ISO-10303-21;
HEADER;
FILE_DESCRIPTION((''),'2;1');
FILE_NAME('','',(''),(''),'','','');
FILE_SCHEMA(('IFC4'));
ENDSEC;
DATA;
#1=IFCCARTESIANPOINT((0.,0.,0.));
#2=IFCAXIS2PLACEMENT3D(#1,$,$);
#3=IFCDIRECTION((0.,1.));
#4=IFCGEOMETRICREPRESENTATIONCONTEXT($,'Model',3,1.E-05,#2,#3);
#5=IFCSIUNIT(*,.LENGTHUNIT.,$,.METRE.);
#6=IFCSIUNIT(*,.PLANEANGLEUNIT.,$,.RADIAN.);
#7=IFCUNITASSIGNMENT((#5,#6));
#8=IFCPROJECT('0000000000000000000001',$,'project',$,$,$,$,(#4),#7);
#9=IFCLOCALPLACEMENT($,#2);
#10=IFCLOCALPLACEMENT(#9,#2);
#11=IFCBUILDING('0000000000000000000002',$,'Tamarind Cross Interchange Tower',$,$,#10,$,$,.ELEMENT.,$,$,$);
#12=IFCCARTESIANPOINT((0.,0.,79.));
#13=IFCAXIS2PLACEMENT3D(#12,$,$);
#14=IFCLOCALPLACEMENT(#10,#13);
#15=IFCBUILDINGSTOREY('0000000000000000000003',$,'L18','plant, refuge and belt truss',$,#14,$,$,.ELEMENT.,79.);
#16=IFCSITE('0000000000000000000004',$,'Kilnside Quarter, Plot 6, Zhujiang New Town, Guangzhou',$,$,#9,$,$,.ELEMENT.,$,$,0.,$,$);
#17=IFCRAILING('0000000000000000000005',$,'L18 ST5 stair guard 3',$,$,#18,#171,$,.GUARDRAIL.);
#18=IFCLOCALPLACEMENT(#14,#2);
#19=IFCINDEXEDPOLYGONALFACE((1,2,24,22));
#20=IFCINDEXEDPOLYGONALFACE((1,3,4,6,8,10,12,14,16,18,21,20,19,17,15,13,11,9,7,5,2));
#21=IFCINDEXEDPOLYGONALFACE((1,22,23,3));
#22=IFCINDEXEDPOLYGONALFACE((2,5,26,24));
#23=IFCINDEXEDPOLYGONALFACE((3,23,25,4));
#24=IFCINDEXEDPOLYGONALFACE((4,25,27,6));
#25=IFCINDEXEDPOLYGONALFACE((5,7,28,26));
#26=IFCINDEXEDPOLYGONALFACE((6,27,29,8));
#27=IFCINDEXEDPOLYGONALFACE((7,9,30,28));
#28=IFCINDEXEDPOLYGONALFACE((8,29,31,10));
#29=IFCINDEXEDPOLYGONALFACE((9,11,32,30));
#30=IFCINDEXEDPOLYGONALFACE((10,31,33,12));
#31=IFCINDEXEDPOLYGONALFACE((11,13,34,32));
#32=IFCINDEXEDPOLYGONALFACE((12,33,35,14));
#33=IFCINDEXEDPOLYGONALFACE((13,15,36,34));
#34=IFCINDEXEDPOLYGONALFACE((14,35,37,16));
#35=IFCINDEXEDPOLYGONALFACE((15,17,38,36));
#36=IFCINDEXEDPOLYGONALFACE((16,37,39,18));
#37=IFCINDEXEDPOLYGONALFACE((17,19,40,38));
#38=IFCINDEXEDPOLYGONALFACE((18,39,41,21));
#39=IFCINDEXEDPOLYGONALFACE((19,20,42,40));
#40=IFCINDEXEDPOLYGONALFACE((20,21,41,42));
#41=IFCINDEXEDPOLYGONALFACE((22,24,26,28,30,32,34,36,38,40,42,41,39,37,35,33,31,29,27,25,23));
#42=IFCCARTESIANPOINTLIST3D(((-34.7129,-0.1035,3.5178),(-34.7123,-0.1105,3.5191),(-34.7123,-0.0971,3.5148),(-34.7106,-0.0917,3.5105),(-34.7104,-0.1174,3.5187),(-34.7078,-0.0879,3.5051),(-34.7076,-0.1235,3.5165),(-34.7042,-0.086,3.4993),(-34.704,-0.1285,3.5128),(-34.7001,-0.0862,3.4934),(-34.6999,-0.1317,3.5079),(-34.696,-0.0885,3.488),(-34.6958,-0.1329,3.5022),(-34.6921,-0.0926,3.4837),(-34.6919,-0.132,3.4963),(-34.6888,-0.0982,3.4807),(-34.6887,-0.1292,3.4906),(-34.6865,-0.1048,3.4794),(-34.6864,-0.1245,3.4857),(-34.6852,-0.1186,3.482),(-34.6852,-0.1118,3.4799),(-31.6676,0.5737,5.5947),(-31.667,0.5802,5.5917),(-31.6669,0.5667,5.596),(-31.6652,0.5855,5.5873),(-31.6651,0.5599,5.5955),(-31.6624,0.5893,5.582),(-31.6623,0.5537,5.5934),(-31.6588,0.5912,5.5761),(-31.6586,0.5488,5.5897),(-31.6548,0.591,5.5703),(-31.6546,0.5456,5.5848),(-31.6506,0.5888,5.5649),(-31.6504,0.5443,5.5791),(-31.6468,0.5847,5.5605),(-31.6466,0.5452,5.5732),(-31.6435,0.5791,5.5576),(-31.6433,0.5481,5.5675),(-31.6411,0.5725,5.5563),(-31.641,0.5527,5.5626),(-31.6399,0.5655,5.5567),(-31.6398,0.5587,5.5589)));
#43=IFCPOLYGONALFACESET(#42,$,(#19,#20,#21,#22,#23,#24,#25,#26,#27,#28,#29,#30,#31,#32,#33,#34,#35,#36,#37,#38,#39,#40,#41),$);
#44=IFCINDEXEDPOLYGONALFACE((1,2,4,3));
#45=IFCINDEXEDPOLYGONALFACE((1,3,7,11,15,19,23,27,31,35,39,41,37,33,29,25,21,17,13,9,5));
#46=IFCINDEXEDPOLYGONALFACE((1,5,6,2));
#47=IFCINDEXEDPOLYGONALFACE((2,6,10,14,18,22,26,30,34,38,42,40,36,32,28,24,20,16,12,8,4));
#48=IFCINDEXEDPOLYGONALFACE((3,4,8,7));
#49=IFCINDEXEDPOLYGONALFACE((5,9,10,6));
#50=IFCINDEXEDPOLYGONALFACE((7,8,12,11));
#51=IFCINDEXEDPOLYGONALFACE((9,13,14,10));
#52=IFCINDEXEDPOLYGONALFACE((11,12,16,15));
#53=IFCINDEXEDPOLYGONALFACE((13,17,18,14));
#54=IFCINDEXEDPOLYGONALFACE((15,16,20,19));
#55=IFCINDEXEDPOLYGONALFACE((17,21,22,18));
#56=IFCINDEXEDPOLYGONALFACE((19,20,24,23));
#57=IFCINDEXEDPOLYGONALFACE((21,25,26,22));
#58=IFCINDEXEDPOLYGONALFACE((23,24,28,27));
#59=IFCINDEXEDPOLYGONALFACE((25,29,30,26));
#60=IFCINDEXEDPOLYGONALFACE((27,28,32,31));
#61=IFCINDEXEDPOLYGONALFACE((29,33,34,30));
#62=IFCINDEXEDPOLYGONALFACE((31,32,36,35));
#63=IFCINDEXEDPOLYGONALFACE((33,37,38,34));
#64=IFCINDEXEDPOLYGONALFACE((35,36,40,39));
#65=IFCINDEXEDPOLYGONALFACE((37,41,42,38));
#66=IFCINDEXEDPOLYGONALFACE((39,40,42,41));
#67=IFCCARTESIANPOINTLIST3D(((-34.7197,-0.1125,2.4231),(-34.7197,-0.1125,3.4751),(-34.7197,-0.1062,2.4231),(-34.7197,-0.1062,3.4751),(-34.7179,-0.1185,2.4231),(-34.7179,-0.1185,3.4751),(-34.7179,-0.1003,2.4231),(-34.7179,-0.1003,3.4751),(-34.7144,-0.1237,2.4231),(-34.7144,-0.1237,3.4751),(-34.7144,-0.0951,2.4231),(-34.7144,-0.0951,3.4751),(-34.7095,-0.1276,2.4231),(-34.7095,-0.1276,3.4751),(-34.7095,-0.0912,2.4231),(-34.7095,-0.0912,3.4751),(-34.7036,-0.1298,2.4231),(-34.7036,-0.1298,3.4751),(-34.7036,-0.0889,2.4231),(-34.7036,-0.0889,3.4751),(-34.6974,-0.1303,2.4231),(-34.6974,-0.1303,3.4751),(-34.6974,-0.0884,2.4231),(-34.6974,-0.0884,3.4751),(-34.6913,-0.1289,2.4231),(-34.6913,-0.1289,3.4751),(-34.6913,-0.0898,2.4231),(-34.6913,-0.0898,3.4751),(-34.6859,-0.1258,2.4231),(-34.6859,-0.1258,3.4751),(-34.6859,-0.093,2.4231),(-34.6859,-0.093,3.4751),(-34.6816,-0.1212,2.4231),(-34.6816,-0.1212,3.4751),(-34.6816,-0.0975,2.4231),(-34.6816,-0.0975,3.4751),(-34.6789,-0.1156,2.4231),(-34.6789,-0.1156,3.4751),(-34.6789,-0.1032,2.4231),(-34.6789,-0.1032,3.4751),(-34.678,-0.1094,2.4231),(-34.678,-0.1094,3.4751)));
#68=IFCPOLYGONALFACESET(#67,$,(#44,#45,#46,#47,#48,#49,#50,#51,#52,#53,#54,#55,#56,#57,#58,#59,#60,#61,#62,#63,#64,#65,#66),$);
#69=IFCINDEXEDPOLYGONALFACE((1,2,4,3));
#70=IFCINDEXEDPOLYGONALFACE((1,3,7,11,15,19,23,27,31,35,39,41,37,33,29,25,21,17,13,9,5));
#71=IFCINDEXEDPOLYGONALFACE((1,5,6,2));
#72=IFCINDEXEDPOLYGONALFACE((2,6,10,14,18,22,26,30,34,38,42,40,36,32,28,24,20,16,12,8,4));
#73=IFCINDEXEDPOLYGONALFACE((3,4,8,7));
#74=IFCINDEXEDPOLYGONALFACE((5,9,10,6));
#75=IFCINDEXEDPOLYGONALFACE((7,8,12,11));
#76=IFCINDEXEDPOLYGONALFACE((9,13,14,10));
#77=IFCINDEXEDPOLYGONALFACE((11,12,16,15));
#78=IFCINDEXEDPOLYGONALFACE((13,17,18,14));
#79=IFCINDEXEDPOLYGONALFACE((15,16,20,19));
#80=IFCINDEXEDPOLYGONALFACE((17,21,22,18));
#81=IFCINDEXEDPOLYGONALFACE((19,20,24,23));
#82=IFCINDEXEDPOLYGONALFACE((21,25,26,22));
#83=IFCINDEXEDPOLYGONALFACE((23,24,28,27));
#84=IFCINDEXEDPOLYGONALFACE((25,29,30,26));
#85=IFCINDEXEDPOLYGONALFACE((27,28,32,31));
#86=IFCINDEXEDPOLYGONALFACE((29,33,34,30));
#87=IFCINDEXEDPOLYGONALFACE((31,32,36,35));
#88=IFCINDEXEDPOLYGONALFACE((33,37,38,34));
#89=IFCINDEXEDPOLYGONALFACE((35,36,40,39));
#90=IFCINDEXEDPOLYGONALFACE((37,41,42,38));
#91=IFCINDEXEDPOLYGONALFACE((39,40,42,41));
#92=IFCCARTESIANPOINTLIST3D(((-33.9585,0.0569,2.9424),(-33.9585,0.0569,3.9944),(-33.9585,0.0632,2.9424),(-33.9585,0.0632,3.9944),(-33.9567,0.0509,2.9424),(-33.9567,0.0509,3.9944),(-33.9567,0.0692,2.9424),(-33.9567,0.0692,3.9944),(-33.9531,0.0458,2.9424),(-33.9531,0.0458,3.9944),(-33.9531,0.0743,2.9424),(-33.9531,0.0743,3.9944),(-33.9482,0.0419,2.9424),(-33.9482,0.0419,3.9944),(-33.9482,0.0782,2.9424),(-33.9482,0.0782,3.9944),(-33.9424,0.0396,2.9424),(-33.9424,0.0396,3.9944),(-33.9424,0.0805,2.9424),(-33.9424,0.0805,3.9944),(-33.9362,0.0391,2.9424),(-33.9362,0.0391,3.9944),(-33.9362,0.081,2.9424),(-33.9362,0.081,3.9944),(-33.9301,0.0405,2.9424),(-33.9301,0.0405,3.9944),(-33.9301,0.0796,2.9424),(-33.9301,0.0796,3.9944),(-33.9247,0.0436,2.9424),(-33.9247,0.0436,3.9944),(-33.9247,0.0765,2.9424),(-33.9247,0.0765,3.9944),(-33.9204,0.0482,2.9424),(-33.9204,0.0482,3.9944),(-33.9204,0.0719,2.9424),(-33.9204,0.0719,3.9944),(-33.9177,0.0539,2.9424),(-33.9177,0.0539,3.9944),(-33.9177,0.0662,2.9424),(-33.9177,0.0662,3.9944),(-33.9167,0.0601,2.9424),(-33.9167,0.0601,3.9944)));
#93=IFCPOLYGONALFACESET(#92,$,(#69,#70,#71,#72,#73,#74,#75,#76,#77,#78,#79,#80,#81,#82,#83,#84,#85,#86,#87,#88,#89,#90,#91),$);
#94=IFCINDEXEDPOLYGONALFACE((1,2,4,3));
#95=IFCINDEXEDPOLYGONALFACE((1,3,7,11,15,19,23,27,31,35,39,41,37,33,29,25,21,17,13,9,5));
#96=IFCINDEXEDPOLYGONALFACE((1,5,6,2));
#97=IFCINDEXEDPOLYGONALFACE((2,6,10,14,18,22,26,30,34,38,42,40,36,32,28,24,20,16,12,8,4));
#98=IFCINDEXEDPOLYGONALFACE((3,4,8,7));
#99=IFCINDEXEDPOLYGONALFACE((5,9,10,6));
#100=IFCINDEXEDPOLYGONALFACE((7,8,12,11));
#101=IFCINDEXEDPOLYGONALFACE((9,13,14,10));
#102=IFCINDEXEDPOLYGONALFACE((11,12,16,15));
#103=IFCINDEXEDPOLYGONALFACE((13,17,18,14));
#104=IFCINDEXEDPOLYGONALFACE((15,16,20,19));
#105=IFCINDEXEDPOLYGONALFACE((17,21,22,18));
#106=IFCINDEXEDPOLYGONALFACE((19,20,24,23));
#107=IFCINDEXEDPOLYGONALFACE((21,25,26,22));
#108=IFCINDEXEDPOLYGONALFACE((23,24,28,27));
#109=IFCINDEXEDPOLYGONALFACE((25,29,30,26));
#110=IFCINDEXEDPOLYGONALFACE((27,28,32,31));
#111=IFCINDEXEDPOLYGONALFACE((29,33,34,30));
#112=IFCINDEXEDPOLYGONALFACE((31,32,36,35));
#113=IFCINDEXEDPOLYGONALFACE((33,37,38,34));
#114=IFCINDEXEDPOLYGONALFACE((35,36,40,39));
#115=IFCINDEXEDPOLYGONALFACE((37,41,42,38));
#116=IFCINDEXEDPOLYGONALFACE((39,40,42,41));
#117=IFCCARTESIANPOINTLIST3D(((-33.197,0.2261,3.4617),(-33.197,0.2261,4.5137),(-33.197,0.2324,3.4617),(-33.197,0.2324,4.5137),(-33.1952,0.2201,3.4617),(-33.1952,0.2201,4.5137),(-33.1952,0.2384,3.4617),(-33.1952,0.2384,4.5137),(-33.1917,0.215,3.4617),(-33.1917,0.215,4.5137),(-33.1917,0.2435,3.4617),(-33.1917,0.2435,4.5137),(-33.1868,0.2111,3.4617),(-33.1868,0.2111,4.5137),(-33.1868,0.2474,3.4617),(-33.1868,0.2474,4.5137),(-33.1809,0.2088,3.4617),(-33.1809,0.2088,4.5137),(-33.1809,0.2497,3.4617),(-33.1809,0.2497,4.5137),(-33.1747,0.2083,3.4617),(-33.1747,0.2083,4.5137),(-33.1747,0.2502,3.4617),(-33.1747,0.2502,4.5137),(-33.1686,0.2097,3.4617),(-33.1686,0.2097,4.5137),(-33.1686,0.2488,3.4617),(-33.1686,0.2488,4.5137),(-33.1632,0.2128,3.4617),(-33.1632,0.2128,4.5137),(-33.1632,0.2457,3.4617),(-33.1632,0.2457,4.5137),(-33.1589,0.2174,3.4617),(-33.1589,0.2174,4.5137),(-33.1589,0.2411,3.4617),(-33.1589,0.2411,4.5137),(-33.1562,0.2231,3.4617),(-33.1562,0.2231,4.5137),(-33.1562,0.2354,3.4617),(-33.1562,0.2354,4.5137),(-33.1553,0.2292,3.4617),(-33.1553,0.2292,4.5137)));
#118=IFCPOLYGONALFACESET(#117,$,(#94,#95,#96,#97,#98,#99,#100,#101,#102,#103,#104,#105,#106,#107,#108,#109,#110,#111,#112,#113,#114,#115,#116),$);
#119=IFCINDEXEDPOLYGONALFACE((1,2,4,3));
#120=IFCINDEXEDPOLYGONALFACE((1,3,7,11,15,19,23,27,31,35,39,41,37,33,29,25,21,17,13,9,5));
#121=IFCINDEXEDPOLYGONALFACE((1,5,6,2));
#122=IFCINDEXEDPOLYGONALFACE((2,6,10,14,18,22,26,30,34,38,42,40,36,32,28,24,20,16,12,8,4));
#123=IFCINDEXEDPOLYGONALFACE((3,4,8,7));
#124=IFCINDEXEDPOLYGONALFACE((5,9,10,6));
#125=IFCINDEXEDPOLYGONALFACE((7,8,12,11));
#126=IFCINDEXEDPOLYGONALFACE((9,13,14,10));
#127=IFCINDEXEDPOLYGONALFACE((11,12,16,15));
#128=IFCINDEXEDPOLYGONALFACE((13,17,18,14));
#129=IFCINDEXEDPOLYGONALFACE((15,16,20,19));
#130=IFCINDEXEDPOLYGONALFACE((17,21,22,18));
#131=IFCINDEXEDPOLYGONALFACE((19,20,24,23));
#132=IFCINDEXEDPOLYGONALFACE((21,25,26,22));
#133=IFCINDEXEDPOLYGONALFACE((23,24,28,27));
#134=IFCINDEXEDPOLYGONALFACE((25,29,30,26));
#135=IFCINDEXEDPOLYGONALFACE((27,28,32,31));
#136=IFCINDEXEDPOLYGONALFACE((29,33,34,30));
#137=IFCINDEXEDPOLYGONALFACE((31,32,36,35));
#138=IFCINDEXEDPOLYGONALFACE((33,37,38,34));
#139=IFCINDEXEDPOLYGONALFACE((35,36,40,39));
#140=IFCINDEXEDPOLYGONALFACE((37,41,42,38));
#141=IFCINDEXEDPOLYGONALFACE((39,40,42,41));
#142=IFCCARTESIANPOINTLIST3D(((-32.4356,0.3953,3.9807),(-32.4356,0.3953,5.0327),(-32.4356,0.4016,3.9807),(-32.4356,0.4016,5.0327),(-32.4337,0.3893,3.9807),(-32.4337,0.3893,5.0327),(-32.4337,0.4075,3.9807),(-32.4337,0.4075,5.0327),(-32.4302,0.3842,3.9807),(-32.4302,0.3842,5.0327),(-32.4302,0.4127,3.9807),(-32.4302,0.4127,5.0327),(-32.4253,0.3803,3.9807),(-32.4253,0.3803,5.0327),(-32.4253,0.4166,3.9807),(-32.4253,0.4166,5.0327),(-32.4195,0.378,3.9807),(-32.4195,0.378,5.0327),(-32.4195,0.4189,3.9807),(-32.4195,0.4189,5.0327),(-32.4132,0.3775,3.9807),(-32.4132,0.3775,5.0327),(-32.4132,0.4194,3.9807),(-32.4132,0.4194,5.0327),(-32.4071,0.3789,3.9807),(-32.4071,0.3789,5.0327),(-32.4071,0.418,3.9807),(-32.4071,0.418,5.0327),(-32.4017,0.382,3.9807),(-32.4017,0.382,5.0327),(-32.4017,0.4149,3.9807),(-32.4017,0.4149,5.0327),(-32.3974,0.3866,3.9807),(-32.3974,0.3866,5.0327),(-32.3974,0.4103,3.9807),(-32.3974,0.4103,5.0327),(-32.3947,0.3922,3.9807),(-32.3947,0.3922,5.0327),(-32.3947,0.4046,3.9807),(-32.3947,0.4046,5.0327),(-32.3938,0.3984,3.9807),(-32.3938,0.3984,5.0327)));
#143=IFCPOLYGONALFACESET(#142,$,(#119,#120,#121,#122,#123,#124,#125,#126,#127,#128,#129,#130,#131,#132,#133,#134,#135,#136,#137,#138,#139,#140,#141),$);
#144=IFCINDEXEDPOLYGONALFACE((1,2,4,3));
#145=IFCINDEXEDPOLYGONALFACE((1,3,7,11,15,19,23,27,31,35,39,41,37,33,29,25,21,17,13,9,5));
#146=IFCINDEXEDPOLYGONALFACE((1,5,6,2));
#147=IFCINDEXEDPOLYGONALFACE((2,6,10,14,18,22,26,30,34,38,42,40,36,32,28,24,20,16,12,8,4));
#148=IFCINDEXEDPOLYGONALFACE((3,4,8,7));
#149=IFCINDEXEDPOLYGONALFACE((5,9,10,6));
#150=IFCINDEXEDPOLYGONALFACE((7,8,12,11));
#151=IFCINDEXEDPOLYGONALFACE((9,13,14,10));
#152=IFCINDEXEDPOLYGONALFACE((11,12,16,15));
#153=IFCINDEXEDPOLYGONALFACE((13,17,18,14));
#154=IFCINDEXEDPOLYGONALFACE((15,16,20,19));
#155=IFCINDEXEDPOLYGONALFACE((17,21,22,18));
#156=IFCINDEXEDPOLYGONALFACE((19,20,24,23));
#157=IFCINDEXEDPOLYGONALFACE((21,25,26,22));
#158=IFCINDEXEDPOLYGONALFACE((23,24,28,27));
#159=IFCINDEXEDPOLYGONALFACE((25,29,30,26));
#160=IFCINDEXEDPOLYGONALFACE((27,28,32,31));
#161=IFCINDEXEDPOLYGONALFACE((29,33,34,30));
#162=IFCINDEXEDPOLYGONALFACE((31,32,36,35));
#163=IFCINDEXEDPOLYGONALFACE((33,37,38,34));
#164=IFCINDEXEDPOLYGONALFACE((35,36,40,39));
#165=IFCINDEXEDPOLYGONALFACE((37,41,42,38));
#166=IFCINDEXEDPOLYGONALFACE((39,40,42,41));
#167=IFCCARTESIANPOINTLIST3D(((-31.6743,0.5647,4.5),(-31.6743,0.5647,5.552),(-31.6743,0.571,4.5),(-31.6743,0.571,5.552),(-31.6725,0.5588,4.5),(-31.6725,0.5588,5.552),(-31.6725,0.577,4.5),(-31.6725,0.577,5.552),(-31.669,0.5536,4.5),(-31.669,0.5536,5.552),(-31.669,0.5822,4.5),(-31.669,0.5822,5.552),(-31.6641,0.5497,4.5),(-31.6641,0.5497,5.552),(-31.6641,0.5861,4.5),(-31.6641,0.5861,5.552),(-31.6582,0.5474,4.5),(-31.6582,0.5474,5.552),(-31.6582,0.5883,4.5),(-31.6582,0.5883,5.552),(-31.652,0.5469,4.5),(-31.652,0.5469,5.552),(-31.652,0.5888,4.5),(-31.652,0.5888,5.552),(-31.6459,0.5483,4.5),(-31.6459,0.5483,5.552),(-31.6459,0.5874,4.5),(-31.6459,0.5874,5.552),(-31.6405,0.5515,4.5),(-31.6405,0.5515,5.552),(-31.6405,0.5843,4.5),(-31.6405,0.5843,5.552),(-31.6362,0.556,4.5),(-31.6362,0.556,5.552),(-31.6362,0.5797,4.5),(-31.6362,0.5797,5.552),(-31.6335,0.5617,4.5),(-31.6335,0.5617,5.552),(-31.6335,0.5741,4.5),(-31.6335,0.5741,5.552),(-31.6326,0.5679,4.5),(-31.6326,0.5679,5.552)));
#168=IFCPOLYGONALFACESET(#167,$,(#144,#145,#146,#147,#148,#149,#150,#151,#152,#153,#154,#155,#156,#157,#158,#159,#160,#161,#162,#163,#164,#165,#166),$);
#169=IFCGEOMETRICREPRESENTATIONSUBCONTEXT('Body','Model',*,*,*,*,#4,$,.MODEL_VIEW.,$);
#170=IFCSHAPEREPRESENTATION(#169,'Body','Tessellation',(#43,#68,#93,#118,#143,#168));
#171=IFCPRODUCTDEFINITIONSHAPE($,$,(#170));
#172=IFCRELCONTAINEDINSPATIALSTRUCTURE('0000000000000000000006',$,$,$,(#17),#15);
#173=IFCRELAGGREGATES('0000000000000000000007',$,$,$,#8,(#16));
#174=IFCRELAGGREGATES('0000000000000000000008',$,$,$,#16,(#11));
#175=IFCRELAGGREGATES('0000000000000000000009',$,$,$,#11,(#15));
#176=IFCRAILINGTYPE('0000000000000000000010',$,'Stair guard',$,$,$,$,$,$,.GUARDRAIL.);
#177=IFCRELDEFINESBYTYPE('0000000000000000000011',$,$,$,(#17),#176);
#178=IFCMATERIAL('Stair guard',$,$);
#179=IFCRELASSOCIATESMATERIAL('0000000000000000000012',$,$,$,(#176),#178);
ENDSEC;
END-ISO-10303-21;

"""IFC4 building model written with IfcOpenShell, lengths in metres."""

from ifc_helpers import new_model, si_unit, direction, frame, origin, origin_2d, place, context, subcontext, project, spatial, circle, extrude, material, type_object, element, save


model = new_model("IFC4")

# Units and contexts
model_context = context("Model", 3, precision=1e-05, world=origin(), true_north=direction((0.0, 1.0)))
body_context = subcontext(model_context, "Body", "Model", "MODEL_VIEW")
ifc_project = project(units=[si_unit("LENGTHUNIT", "METRE"), si_unit("PLANEANGLEUNIT", "RADIAN")], contexts=[model_context])

# Site, building, storey
site_placement = place(None, origin())
site = spatial("IfcSite", under=ifc_project, at=site_placement, Name="Kilnside Quarter, Plot 6, Zhujiang New Town, Guangzhou", CompositionType="ELEMENT", RefElevation=0.0)
building_placement = place(site_placement, origin())
building = spatial("IfcBuilding", under=site, at=building_placement, Name="Tamarind Cross Interchange Tower", CompositionType="ELEMENT")
storey_placement = place(building_placement, frame((0.0, 0.0, 79.0)))
storey = spatial("IfcBuildingStorey", under=building, at=storey_placement, Name="L18", Description="plant, refuge and belt truss", CompositionType="ELEMENT", Elevation=79.0)

# Railing
ifc_material_1 = material(Name="Stair guard")
railing_type_1 = type_object("IfcRailingType", Name="Stair guard", PredefinedType="GUARDRAIL", material=ifc_material_1)
railing_1_placement = place(storey_placement, frame((-34.699, -0.1094, 2.4231)))
element("IfcRailing", 1, at=railing_1_placement, inside=storey, type_object=railing_type_1, Name="L18 ST5 stair guard 3", PredefinedType="GUARDRAIL", context=body_context, shape_type="SweptSolid", body=[
    extrude(circle(Radius=0.0239, at=origin_2d()), frame((0.0, 0.0, 1.0762), z_axis=(0.812566, 0.1807, 0.554152), x_axis=(-0.21708, 0.976154, 0.0)), (0.0, 0.0, 1.0), 3.7478),
    extrude(circle(Radius=0.021, at=origin_2d()), origin(), (0.0, 0.0, 1.0), 1.052),
    extrude(circle(Radius=0.021, at=origin_2d()), frame((0.7612, 0.1694, 0.5193)), (0.0, 0.0, 1.0), 1.052),
    extrude(circle(Radius=0.021, at=origin_2d()), frame((1.5227, 0.3386, 1.0386)), (0.0, 0.0, 1.0), 1.052),
    extrude(circle(Radius=0.021, at=origin_2d()), frame((2.2842, 0.5078, 1.5576)), (0.0, 0.0, 1.0), 1.052),
    extrude(circle(Radius=0.021, at=origin_2d()), frame((3.0454, 0.6772, 2.0769)), (0.0, 0.0, 1.0), 1.052),
])

save(model, "model.ifc")
